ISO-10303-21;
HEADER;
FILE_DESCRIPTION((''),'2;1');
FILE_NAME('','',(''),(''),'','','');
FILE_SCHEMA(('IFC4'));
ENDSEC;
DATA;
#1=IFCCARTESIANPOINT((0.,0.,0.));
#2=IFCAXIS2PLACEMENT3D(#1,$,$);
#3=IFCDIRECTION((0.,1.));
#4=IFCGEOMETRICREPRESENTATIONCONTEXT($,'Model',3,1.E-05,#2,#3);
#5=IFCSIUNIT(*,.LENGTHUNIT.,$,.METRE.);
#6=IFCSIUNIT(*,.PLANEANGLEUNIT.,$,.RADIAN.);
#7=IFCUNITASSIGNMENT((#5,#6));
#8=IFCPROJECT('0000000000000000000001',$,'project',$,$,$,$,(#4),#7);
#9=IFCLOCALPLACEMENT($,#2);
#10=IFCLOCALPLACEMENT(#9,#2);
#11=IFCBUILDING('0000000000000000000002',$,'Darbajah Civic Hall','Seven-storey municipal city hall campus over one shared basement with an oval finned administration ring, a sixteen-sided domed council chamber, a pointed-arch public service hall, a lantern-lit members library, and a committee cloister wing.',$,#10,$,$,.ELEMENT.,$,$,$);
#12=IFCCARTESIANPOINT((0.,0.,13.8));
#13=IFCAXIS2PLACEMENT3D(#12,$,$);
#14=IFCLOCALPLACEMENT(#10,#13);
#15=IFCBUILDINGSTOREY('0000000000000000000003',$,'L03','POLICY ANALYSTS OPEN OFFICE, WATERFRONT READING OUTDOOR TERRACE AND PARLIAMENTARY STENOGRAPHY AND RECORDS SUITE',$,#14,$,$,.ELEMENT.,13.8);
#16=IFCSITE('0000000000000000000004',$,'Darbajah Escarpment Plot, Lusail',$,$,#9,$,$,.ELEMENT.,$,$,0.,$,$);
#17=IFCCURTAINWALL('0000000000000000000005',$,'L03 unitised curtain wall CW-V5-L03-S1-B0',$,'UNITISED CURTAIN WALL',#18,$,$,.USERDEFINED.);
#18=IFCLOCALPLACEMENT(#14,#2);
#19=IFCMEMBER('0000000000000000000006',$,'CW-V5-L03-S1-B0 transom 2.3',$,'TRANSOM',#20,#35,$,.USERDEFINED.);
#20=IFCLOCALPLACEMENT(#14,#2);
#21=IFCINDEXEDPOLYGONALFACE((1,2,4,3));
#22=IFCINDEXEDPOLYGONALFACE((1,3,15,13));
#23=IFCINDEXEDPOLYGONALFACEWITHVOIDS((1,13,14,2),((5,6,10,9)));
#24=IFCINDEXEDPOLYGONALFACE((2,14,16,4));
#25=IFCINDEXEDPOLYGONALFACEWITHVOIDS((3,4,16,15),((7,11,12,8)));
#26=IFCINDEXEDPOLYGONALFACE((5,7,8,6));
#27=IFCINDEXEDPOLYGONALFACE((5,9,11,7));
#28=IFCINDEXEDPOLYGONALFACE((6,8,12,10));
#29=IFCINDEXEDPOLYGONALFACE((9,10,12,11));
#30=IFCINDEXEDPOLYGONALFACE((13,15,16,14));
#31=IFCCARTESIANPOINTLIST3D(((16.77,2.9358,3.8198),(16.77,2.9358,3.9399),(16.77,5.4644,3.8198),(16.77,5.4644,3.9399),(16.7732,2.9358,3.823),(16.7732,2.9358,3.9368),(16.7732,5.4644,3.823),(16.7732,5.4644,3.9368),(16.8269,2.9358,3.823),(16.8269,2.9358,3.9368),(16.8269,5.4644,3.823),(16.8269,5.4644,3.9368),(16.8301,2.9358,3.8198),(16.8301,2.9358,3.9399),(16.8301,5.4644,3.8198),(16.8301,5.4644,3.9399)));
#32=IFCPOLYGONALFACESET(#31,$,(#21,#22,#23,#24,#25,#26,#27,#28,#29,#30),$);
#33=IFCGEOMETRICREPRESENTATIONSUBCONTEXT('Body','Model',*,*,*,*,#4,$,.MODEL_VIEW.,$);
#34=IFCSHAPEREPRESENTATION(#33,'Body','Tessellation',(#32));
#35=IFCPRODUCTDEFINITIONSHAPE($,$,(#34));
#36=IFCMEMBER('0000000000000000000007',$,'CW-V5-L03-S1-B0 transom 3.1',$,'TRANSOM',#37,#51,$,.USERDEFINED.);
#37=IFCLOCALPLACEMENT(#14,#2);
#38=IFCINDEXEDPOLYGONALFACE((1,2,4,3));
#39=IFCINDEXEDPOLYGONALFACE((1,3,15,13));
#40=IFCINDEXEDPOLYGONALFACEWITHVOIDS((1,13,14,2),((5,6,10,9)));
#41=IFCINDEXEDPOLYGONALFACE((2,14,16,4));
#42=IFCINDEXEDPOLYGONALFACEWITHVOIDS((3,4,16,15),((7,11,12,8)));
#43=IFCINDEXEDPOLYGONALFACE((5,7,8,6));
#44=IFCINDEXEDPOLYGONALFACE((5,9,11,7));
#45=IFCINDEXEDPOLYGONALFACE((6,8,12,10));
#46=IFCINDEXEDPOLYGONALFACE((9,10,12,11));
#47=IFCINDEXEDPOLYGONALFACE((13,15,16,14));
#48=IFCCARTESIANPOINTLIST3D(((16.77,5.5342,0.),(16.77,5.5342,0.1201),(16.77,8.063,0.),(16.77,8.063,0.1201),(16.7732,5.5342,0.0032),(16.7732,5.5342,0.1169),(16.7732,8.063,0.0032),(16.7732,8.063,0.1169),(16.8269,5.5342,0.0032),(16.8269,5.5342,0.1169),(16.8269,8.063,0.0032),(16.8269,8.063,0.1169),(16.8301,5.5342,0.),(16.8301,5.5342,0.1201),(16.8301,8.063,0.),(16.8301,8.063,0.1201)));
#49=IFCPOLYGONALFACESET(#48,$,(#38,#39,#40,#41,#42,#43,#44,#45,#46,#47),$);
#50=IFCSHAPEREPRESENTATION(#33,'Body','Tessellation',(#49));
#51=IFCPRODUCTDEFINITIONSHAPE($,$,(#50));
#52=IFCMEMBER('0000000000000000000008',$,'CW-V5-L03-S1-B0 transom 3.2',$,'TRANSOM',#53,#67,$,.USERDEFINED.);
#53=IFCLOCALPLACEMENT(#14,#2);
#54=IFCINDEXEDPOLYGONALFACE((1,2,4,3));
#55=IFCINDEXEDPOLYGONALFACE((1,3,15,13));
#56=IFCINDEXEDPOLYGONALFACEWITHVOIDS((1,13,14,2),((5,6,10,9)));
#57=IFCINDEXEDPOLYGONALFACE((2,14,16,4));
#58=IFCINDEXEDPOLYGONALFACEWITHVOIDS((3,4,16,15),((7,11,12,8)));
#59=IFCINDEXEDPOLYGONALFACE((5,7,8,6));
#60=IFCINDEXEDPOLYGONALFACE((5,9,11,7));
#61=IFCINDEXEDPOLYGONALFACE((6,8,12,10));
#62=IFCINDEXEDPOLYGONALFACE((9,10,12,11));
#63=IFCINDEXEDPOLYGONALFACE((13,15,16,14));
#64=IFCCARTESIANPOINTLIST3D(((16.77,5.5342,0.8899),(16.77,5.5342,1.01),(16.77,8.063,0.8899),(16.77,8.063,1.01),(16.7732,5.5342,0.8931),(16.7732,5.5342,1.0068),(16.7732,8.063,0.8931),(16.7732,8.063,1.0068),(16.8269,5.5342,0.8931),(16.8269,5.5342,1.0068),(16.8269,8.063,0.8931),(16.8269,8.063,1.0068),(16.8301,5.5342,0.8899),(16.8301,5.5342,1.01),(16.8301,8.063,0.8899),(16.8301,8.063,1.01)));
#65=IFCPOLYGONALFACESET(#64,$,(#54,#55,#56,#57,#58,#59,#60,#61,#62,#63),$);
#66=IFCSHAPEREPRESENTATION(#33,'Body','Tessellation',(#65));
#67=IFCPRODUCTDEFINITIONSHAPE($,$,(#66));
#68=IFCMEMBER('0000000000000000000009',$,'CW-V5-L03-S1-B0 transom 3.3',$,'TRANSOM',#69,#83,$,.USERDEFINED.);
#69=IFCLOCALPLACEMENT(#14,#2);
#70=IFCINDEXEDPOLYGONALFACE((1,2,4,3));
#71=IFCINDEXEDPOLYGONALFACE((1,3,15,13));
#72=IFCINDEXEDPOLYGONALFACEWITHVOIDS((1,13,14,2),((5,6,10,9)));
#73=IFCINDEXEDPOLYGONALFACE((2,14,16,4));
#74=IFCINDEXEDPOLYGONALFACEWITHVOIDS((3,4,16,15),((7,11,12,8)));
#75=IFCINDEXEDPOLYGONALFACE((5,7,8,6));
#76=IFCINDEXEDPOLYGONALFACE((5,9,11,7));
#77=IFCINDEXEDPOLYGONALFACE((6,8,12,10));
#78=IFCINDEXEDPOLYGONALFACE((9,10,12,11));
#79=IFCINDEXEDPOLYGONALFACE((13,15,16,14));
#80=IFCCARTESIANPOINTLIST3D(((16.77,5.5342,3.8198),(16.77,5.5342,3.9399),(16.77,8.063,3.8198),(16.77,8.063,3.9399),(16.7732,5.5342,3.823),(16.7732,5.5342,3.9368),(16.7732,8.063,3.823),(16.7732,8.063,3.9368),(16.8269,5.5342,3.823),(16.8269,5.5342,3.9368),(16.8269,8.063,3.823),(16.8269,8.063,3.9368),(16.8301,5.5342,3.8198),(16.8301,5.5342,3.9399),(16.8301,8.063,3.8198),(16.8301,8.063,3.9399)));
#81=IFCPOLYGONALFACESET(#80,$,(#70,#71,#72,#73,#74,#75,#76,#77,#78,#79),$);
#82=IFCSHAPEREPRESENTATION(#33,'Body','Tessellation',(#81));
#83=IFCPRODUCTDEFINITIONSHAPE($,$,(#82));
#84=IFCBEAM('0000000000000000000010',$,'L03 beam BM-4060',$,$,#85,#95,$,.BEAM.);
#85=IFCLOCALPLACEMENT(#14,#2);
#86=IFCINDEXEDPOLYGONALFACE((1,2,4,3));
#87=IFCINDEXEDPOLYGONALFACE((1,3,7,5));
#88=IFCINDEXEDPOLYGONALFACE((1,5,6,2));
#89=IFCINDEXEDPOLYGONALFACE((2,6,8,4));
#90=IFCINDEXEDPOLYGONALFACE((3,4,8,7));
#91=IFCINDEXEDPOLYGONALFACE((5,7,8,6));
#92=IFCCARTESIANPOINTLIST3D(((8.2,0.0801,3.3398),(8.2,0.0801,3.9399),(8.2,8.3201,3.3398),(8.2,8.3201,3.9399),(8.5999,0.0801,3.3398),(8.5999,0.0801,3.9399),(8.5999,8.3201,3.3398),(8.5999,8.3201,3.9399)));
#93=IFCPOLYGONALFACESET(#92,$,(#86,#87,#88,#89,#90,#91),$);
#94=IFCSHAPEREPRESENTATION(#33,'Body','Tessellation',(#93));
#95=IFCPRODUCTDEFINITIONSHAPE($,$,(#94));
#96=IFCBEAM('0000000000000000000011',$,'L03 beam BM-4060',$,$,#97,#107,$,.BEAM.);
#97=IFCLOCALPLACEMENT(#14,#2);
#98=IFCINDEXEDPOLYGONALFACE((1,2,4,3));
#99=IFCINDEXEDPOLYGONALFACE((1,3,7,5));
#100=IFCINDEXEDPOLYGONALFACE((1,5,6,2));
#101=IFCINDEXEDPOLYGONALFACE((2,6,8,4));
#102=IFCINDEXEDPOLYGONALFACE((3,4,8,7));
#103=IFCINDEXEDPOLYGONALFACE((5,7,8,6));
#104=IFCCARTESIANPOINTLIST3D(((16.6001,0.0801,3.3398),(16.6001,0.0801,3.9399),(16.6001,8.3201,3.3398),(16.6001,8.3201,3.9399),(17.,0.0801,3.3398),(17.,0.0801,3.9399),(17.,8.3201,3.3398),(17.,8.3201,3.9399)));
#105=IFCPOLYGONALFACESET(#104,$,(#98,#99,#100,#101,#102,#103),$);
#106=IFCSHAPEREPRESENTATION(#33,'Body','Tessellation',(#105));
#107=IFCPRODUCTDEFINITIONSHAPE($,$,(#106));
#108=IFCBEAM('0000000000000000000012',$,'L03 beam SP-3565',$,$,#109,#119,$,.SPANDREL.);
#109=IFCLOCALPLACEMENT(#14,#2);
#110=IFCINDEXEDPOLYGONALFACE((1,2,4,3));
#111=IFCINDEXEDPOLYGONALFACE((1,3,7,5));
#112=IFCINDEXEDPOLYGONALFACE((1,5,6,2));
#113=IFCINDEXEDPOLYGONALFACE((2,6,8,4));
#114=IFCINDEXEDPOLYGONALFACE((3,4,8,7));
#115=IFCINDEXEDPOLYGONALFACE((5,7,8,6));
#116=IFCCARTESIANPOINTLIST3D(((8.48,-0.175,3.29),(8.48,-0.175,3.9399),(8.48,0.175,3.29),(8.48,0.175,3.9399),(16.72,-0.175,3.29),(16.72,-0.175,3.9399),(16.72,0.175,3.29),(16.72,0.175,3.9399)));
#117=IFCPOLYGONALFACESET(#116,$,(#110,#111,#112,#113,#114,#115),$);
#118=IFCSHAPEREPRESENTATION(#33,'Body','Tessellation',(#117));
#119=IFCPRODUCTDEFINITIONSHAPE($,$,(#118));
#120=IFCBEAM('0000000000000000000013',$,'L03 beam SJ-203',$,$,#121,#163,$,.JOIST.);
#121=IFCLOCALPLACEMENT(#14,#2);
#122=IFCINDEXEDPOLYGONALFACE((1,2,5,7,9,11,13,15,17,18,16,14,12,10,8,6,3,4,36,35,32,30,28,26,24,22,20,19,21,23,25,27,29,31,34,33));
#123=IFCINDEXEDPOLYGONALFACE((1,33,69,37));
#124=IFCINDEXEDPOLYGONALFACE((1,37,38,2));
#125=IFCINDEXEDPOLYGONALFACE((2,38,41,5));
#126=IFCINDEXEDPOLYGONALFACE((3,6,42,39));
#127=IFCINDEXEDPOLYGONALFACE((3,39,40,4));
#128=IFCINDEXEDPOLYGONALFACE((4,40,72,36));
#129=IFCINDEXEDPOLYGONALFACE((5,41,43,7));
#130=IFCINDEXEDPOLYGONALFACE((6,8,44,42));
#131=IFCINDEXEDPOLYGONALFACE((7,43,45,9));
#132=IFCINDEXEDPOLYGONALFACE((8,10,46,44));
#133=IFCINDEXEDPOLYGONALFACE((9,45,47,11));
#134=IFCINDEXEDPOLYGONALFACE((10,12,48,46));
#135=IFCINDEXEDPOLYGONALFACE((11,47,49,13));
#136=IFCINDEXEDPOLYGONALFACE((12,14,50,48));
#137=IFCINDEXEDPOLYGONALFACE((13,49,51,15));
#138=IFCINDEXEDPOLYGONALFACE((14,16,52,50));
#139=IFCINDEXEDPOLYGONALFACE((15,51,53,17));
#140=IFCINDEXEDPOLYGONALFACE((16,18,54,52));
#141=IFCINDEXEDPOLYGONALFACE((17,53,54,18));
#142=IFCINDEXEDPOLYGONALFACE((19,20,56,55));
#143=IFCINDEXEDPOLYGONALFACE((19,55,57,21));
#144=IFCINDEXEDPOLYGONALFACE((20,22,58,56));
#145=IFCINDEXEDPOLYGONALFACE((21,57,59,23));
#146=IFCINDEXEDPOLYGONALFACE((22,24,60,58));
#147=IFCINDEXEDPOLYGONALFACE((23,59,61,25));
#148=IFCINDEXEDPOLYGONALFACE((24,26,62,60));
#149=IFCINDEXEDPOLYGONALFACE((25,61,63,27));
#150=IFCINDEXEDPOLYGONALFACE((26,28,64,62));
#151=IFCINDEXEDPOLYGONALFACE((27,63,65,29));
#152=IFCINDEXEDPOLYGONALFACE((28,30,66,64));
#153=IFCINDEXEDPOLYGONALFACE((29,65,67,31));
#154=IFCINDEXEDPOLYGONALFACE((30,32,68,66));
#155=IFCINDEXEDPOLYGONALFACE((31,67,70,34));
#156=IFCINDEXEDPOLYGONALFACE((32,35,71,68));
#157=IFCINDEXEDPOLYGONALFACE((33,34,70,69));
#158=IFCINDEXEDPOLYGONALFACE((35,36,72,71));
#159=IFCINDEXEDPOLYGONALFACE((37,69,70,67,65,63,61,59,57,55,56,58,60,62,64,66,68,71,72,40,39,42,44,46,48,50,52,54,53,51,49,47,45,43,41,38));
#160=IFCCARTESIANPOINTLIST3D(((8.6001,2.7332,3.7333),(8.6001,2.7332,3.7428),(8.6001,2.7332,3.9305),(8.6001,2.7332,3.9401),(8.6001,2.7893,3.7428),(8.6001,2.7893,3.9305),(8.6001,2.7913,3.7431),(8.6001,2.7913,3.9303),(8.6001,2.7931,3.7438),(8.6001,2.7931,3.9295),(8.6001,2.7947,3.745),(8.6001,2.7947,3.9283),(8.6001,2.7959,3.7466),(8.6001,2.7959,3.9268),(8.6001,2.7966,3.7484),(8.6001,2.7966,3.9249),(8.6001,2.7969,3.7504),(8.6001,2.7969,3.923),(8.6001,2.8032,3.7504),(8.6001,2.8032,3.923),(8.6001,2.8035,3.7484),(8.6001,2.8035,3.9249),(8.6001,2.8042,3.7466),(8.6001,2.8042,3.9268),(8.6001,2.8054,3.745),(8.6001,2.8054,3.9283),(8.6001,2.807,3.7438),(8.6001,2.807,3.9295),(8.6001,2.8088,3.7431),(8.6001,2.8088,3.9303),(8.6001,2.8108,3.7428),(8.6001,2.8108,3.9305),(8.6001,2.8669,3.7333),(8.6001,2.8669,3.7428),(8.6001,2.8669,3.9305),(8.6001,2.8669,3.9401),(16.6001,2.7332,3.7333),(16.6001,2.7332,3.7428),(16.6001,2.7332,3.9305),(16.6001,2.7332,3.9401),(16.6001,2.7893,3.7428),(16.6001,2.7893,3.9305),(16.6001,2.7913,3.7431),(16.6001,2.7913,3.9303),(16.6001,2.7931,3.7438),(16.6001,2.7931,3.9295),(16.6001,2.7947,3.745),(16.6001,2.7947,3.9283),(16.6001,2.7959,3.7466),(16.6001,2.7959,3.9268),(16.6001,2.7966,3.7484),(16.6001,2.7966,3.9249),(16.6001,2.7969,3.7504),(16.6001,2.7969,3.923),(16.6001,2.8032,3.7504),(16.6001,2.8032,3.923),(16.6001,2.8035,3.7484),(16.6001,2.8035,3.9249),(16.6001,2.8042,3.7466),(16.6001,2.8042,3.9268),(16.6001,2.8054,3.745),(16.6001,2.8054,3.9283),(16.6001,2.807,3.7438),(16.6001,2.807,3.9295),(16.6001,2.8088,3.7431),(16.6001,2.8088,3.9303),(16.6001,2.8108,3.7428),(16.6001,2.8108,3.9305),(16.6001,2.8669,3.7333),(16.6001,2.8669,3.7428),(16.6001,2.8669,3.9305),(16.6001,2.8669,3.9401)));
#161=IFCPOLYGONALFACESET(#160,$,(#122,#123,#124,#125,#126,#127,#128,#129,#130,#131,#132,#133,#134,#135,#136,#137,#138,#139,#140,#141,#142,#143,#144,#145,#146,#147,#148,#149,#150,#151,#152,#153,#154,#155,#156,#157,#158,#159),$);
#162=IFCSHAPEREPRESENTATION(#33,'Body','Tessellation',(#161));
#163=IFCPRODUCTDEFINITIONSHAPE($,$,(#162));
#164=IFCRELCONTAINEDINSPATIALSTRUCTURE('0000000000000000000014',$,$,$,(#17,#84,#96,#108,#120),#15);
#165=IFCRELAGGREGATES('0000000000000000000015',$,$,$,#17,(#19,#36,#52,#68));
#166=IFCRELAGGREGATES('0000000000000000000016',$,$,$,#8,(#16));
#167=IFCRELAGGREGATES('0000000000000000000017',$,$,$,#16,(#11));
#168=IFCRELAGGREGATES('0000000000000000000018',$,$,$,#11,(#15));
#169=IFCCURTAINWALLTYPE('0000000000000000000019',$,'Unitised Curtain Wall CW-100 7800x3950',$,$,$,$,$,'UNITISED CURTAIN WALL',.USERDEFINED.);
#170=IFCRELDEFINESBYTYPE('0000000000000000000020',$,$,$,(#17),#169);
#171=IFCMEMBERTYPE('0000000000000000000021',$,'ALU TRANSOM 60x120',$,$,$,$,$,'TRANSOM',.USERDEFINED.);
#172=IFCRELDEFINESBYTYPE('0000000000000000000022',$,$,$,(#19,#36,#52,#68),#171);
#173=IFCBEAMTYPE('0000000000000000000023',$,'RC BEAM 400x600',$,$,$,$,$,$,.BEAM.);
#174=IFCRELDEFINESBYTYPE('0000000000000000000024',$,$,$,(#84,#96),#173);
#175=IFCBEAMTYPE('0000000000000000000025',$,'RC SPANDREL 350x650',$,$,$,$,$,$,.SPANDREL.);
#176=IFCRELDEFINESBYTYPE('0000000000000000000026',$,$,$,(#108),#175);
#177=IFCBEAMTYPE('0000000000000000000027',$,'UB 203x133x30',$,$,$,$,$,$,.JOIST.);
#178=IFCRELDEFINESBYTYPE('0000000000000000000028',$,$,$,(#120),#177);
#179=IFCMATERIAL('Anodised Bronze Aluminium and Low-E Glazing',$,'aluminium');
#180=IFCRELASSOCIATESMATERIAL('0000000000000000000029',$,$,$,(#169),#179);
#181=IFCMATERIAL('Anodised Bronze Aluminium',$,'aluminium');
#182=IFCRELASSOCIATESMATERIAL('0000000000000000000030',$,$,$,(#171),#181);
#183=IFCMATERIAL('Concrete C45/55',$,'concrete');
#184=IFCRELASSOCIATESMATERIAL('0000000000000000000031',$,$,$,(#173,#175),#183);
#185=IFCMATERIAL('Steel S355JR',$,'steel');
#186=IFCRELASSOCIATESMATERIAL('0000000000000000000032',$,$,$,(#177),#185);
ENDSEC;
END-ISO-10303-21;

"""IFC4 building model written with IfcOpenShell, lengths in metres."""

from ifc_helpers import new_model, si_unit, direction, frame, origin, origin_2d, place, context, subcontext, project, spatial, rectangle, hollow_rectangle, i_section, extrude, material, material_profile, profile_set, type_object, element, aggregate, save


model = new_model("IFC4")

# Units and contexts
model_context = context("Model", 3, precision=1e-05, world=origin(), true_north=direction((0.0, 1.0)))
body_context = subcontext(model_context, "Body", "Model", "MODEL_VIEW")
ifc_project = project(units=[si_unit("LENGTHUNIT", "METRE"), si_unit("PLANEANGLEUNIT", "RADIAN")], contexts=[model_context])

# Site, building, storey
site_placement = place(None, origin())
site = spatial("IfcSite", under=ifc_project, at=site_placement, Name="Darbajah Escarpment Plot, Lusail", CompositionType="ELEMENT", RefElevation=0.0)
building_placement = place(site_placement, origin())
building = spatial("IfcBuilding", under=site, at=building_placement, Name="Darbajah Civic Hall", Description="Seven-storey municipal city hall campus over one shared basement with an oval finned administration ring, a sixteen-sided domed council chamber, a pointed-arch public service hall, a lantern-lit members library, and a committee cloister wing.", CompositionType="ELEMENT")
storey_placement = place(building_placement, frame((0.0, 0.0, 13.8)))
storey = spatial("IfcBuildingStorey", under=building, at=storey_placement, Name="L03", Description="POLICY ANALYSTS OPEN OFFICE, WATERFRONT READING OUTDOOR TERRACE AND PARLIAMENTARY STENOGRAPHY AND RECORDS SUITE", CompositionType="ELEMENT", Elevation=13.8)

# Shared definitions
ifc_material_1 = material(Name="Concrete C45/55", Category="concrete")

# Curtain wall, members
ifc_material_2 = material(Name="Anodised Bronze Aluminium and Low-E Glazing", Category="aluminium")
curtain_wall_type = type_object("IfcCurtainWallType", Name="Unitised Curtain Wall CW-100 7800x3950", ElementType="UNITISED CURTAIN WALL", PredefinedType="USERDEFINED", material=ifc_material_2)
curtain_wall_placement = place(storey_placement, origin())
curtain_wall = element("IfcCurtainWall", 1, at=curtain_wall_placement, inside=storey, type_object=curtain_wall_type, Name="L03 unitised curtain wall CW-V5-L03-S1-B0", ObjectType="UNITISED CURTAIN WALL", PredefinedType="USERDEFINED")
ifc_material_3 = material(Name="Anodised Bronze Aluminium", Category="aluminium")
ifc_material_profile_1 = material_profile(ifc_material_3, hollow_rectangle(XDim=0.0601, YDim=0.1201, WallThickness=0.0032, at=origin_2d()), Name="ALU TRANSOM 60x120")
ifc_profile_set_1 = profile_set([ifc_material_profile_1], Name="Anodised Bronze Aluminium")
member_type_1 = type_object("IfcMemberType", Name="ALU TRANSOM 60x120", ElementType="TRANSOM", PredefinedType="USERDEFINED", material=ifc_profile_set_1)
member_1_placement = place(storey_placement, frame((16.8, 2.9358, 3.8799), z_axis=(0.0, 1.0, 0.0), x_axis=(-1.0, 0.0, 0.0)))
member_1 = element("IfcMember", 2, at=member_1_placement, type_object=member_type_1, Name="CW-V5-L03-S1-B0 transom 2.3", ObjectType="TRANSOM", PredefinedType="USERDEFINED", context=body_context, shape_type="SweptSolid", body=[
    extrude(hollow_rectangle(XDim=0.0601, YDim=0.1201, WallThickness=0.0032, at=origin_2d()), origin(), (0.0, 0.0, 1.0), 2.5286),
])
member_2_placement = place(storey_placement, frame((16.8, 5.5342, 0.0601), z_axis=(0.0, 1.0, 0.0), x_axis=(-1.0, 0.0, 0.0)))
member_2 = element("IfcMember", 3, at=member_2_placement, type_object=member_type_1, Name="CW-V5-L03-S1-B0 transom 3.1", ObjectType="TRANSOM", PredefinedType="USERDEFINED", context=body_context, shape_type="SweptSolid", body=[
    extrude(hollow_rectangle(XDim=0.0601, YDim=0.1201, WallThickness=0.0032, at=origin_2d()), origin(), (0.0, 0.0, 1.0), 2.5288),
])
member_3_placement = place(storey_placement, frame((16.8, 5.5342, 0.95), z_axis=(0.0, 1.0, 0.0), x_axis=(-1.0, 0.0, 0.0)))
member_3 = element("IfcMember", 4, at=member_3_placement, type_object=member_type_1, Name="CW-V5-L03-S1-B0 transom 3.2", ObjectType="TRANSOM", PredefinedType="USERDEFINED", context=body_context, shape_type="SweptSolid", body=[
    extrude(hollow_rectangle(XDim=0.0601, YDim=0.1201, WallThickness=0.0032, at=origin_2d()), origin(), (0.0, 0.0, 1.0), 2.5288),
])
member_4_placement = place(storey_placement, frame((16.8, 5.5342, 3.8799), z_axis=(0.0, 1.0, 0.0), x_axis=(-1.0, 0.0, 0.0)))
member_4 = element("IfcMember", 5, at=member_4_placement, type_object=member_type_1, Name="CW-V5-L03-S1-B0 transom 3.3", ObjectType="TRANSOM", PredefinedType="USERDEFINED", context=body_context, shape_type="SweptSolid", body=[
    extrude(hollow_rectangle(XDim=0.0601, YDim=0.1201, WallThickness=0.0032, at=origin_2d()), origin(), (0.0, 0.0, 1.0), 2.5288),
])

# Beams
ifc_material_profile_2 = material_profile(ifc_material_1, rectangle(XDim=0.3999, YDim=0.6001, at=origin_2d()), Name="RC BEAM 400x600")
ifc_profile_set_2 = profile_set([ifc_material_profile_2], Name="Concrete C45/55")
beam_type_1 = type_object("IfcBeamType", Name="RC BEAM 400x600", PredefinedType="BEAM", material=ifc_profile_set_2)
for number, where, z_axis, x_axis, name in (
    (6, (8.3999, 0.0801, 3.6399), (0.0, 1.0, 0.0), (-1.0, 0.0, 0.0), "L03 beam BM-4060"),
    (7, (16.8, 0.0801, 3.6399), (0.0, 1.0, 0.0), (-1.0, 0.0, 0.0), "L03 beam BM-4060"),
):
    element("IfcBeam", number, at=place(storey_placement, frame(where, z_axis=z_axis, x_axis=x_axis)), inside=storey, type_object=beam_type_1, Name=name, PredefinedType="BEAM", context=body_context, shape_type="SweptSolid", body=[
        extrude(rectangle(XDim=0.3999, YDim=0.6001, at=origin_2d()), origin(), (0.0, 0.0, 1.0), 8.24),
    ])
ifc_material_profile_3 = material_profile(ifc_material_1, rectangle(XDim=0.3501, YDim=0.6499, at=origin_2d()), Name="RC SPANDREL 350x650")
ifc_profile_set_3 = profile_set([ifc_material_profile_3], Name="Concrete C45/55")
beam_type_2 = type_object("IfcBeamType", Name="RC SPANDREL 350x650", PredefinedType="SPANDREL", material=ifc_profile_set_3)
beam_placement = place(storey_placement, frame((8.48, 0.0, 3.615), z_axis=(1.0, 0.0, 0.0), x_axis=(0.0, 1.0, 0.0)))
element("IfcBeam", 8, at=beam_placement, inside=storey, type_object=beam_type_2, Name="L03 beam SP-3565", PredefinedType="SPANDREL", context=body_context, shape_type="SweptSolid", body=[
    extrude(rectangle(XDim=0.3501, YDim=0.6499, at=origin_2d()), origin(), (0.0, 0.0, 1.0), 8.24),
])
ifc_material_4 = material(Name="Steel S355JR", Category="steel")
ifc_material_profile_4 = material_profile(ifc_material_4, i_section(OverallWidth=0.1338, OverallDepth=0.2068, WebThickness=0.0063, FlangeThickness=0.0095, FilletRadius=0.0076, at=origin_2d()), Name="UB 203x133x30")
ifc_profile_set_4 = profile_set([ifc_material_profile_4], Name="Steel S355JR")
beam_type_3 = type_object("IfcBeamType", Name="UB 203x133x30", PredefinedType="JOIST", material=ifc_profile_set_4)
for number, where, z_axis, x_axis, name in (
    (9, (8.6001, 2.8, 3.8367), (1.0, 0.0, 0.0), (0.0, 1.0, 0.0), "L03 beam SJ-203"),
):
    element("IfcBeam", number, at=place(storey_placement, frame(where, z_axis=z_axis, x_axis=x_axis)), inside=storey, type_object=beam_type_3, Name=name, PredefinedType="JOIST", context=body_context, shape_type="SweptSolid", body=[
        extrude(i_section(OverallWidth=0.1338, OverallDepth=0.2068, WebThickness=0.0063, FlangeThickness=0.0095, FilletRadius=0.0076, at=origin_2d()), origin(), (0.0, 0.0, 1.0), 8.0),
    ])

aggregate(curtain_wall, [member_1, member_2, member_3, member_4])

save(model, "model.ifc")
